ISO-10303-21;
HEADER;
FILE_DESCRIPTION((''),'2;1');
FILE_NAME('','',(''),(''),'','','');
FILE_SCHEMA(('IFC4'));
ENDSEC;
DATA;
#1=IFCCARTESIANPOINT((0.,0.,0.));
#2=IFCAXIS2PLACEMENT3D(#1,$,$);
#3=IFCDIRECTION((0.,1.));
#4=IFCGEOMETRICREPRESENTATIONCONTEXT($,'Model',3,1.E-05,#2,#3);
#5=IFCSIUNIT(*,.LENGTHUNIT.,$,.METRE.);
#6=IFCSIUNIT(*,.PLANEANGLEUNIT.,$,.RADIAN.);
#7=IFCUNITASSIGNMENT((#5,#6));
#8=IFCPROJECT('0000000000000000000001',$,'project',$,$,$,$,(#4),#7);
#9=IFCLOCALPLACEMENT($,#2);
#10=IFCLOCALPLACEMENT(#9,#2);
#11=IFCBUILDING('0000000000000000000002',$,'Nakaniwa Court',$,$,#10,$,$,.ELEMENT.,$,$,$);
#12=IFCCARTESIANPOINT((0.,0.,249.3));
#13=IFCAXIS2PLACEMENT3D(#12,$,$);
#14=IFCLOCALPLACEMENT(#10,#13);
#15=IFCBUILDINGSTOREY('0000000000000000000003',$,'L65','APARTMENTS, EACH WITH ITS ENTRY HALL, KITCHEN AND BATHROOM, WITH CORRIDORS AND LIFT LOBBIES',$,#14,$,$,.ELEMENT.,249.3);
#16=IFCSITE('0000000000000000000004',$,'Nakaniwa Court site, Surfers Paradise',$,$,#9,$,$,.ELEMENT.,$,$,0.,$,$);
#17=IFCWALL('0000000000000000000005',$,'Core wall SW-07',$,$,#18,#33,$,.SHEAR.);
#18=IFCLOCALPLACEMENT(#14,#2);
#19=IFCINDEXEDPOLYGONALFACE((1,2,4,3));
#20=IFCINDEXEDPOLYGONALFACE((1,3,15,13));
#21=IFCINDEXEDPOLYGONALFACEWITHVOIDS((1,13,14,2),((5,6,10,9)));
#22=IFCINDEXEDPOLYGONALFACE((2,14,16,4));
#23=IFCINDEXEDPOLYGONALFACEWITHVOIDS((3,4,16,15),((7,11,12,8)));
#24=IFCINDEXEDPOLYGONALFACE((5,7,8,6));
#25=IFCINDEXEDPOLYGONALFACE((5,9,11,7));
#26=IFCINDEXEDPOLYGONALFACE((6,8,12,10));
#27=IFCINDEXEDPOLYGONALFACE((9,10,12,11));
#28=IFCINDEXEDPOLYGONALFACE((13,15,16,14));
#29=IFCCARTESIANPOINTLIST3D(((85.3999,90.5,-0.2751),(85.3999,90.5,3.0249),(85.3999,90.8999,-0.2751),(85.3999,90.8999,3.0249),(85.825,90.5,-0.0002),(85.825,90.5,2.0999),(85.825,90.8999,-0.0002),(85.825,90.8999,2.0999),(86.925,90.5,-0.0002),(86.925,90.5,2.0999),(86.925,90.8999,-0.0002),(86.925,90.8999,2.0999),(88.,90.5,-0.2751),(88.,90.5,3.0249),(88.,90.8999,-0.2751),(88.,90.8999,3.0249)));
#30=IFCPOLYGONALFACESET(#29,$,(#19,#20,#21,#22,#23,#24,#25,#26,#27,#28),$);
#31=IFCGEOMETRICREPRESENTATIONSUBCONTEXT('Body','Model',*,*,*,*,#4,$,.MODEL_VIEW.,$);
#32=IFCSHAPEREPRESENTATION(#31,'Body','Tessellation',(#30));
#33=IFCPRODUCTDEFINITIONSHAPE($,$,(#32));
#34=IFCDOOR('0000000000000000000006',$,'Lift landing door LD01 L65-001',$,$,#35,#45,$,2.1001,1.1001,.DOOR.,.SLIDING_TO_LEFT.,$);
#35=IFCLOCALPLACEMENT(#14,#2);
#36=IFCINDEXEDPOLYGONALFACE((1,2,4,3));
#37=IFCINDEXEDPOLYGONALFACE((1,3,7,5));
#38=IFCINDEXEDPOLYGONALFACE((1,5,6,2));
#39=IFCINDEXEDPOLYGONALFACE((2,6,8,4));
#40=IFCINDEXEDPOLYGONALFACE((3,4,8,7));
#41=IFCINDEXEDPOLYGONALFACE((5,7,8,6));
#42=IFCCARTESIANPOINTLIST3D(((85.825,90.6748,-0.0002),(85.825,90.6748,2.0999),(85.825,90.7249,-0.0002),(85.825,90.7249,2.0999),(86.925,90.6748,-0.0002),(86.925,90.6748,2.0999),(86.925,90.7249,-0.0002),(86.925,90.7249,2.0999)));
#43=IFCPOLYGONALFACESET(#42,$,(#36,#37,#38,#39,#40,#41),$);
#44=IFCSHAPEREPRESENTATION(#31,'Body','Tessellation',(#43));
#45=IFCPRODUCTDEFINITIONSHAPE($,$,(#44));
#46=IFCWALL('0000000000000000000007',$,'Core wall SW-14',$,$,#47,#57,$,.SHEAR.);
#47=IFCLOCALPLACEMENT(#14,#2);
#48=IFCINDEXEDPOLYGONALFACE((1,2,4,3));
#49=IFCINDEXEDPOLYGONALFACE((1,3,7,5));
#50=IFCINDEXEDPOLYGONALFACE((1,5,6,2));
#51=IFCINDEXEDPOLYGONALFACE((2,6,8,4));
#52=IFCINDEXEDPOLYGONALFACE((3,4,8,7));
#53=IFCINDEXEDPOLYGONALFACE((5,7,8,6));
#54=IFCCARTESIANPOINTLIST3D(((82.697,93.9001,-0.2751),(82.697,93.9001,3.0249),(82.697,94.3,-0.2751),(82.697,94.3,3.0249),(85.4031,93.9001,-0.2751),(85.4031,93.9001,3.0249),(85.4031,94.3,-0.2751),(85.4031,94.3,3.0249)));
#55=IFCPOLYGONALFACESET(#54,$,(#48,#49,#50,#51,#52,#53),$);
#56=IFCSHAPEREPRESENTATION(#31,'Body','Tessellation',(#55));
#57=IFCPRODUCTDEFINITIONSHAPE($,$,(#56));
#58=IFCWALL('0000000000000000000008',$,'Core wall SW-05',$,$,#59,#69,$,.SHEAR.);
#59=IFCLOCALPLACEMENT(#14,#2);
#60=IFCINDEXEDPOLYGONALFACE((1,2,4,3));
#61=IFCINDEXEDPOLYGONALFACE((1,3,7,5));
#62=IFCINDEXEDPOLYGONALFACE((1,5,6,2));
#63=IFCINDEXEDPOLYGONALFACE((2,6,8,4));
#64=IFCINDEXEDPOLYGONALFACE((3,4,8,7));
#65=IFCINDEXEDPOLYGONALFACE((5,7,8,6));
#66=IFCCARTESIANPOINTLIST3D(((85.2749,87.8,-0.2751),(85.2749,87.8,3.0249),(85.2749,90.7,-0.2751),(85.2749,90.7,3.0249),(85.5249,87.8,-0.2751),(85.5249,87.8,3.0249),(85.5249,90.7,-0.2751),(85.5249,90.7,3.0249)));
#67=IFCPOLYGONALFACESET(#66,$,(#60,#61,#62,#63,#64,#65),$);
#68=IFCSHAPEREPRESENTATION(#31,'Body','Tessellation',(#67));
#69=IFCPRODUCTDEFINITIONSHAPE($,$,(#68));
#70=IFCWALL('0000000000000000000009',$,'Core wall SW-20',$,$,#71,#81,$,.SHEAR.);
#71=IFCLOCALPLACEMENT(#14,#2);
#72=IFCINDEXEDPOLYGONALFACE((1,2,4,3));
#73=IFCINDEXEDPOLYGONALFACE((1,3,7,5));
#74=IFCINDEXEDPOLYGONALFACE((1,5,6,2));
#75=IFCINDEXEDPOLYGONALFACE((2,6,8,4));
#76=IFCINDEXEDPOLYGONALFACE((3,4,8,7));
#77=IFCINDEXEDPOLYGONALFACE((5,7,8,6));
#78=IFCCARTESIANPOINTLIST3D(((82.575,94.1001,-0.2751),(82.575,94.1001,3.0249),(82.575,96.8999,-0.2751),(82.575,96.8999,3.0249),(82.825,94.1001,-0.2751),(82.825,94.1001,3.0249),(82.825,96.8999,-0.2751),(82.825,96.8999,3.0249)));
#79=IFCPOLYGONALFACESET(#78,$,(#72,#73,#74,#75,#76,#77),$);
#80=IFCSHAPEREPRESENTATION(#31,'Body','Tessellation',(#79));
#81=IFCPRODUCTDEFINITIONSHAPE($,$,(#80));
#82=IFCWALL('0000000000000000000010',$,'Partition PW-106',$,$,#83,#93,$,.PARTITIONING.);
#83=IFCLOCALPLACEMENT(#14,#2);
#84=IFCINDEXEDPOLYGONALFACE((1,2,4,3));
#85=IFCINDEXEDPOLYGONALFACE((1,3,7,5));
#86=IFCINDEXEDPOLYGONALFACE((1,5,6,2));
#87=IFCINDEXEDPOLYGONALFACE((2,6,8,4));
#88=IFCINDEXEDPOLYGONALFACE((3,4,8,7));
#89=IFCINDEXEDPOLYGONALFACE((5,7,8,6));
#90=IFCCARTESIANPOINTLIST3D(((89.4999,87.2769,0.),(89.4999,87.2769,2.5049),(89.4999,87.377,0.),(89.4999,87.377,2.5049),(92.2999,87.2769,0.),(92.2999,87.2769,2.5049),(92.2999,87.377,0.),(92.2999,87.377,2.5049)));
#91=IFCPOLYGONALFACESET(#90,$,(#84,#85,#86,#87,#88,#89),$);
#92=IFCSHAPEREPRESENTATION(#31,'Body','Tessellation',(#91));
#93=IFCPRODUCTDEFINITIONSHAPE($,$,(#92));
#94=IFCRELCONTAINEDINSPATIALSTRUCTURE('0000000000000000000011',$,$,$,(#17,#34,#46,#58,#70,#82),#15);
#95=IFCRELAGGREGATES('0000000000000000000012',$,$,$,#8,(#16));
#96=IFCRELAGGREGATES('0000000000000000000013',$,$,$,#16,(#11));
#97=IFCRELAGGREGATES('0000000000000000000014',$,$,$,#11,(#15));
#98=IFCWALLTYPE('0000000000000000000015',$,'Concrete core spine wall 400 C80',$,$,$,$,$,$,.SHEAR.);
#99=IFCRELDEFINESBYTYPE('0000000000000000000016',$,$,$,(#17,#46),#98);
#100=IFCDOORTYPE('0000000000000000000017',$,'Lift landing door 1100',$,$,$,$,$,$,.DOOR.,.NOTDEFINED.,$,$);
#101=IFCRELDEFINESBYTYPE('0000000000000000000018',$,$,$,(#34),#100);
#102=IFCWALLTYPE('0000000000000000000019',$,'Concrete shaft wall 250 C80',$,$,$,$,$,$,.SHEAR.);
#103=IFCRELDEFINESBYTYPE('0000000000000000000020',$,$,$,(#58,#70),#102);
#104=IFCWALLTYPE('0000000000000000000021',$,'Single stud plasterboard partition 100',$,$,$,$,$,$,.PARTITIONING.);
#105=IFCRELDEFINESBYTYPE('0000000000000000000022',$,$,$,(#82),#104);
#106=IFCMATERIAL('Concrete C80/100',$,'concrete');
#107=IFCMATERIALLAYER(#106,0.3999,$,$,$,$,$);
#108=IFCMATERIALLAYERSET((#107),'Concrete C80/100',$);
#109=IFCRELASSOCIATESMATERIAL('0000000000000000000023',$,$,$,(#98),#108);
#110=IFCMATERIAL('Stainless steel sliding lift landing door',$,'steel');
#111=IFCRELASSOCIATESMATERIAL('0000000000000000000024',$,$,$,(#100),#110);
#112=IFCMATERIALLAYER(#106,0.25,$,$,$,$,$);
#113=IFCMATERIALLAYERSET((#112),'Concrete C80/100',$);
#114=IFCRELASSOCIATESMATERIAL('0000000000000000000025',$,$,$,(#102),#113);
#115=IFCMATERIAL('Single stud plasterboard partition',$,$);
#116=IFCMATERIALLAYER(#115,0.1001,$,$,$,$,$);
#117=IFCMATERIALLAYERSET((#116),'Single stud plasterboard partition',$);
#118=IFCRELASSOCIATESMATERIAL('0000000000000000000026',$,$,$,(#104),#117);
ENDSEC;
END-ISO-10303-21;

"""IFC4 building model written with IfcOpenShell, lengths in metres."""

from ifc_helpers import new_model, si_unit, direction, frame, frame_2d, origin, place, context, subcontext, project, spatial, rectangle, extrude, material, layer, layer_set, type_object, element, fill, save


model = new_model("IFC4")

# Units and contexts
model_context = context("Model", 3, precision=1e-05, world=origin(), true_north=direction((0.0, 1.0)))
body_context = subcontext(model_context, "Body", "Model", "MODEL_VIEW")
ifc_project = project(units=[si_unit("LENGTHUNIT", "METRE"), si_unit("PLANEANGLEUNIT", "RADIAN")], contexts=[model_context])

# Site, building, storey
site_placement = place(None, origin())
site = spatial("IfcSite", under=ifc_project, at=site_placement, Name="Nakaniwa Court site, Surfers Paradise", CompositionType="ELEMENT", RefElevation=0.0)
building_placement = place(site_placement, origin())
building = spatial("IfcBuilding", under=site, at=building_placement, Name="Nakaniwa Court", CompositionType="ELEMENT")
storey_placement = place(building_placement, frame((0.0, 0.0, 249.3)))
storey = spatial("IfcBuildingStorey", under=building, at=storey_placement, Name="L65", Description="APARTMENTS, EACH WITH ITS ENTRY HALL, KITCHEN AND BATHROOM, WITH CORRIDORS AND LIFT LOBBIES", CompositionType="ELEMENT", Elevation=249.3)

# Shared definitions
ifc_material_1 = material(Name="Concrete C80/100", Category="concrete")

# Wall, opening, door
ifc_layer_1 = layer(ifc_material_1, 0.3999)
ifc_layer_set_1 = layer_set([ifc_layer_1], Name="Concrete C80/100")
wall_type_1 = type_object("IfcWallType", Name="Concrete core spine wall 400 C80", PredefinedType="SHEAR", material=ifc_layer_set_1)
wall_1_placement = place(storey_placement, frame((85.3999, 90.7, -0.2751), z_axis=(0.0, 0.0, 1.0), x_axis=(1.0, 0.0, 0.0)))
wall_1 = element("IfcWall", 1, at=wall_1_placement, inside=storey, type_object=wall_type_1, Name="Core wall SW-07", PredefinedType="SHEAR", context=body_context, shape_type="SweptSolid", body=[
    extrude(rectangle(XDim=2.6001, YDim=0.3999, at=frame_2d((1.3, 0.0))), origin(), (0.0, 0.0, 1.0), 3.3),
])
opening_1_placement = place(wall_1_placement, frame((0.425, 0.0, 0.2749)))
opening_1 = element("IfcOpeningElement", 2, at=opening_1_placement, cuts=wall_1, PredefinedType="OPENING", context=body_context, shape_type="SweptSolid", body=[
    extrude(rectangle(XDim=1.1001, YDim=2.1001, at=frame_2d((0.55, 1.05))), frame((0.0, 0.21, 0.0), z_axis=(0.0, -1.0, 0.0), x_axis=(1.0, 0.0, 0.0)), (0.0, 0.0, 1.0), 0.4199),
])
ifc_material_2 = material(Name="Stainless steel sliding lift landing door", Category="steel")
door_type_1 = type_object("IfcDoorType", Name="Lift landing door 1100", OperationType="NOTDEFINED", PredefinedType="DOOR", material=ifc_material_2)
door_1_placement = place(opening_1_placement, origin())
door_1 = element("IfcDoor", 3, at=door_1_placement, inside=storey, type_object=door_type_1, Name="Lift landing door LD01 L65-001", OperationType="SLIDING_TO_LEFT", OverallHeight=2.1001, OverallWidth=1.1001, PredefinedType="DOOR", context=body_context, shape_type="SweptSolid", body=[
    extrude(rectangle(XDim=1.1001, YDim=2.1001, at=frame_2d((0.55, 1.05))), frame((0.0, 0.0249, 0.0), z_axis=(0.0, -1.0, 0.0), x_axis=(1.0, 0.0, 0.0)), (0.0, 0.0, 1.0), 0.05),
])
fill(opening_1, door_1)

# Walls
wall_2_placement = place(storey_placement, frame((82.697, 94.1001, -0.2751), z_axis=(0.0, 0.0, 1.0), x_axis=(1.0, 0.0, 0.0)))
element("IfcWall", 4, at=wall_2_placement, inside=storey, type_object=wall_type_1, Name="Core wall SW-14", PredefinedType="SHEAR", context=body_context, shape_type="SweptSolid", body=[
    extrude(rectangle(XDim=2.7061, YDim=0.3999, at=frame_2d((1.353, 0.0))), origin(), (0.0, 0.0, 1.0), 3.3),
])
ifc_layer_2 = layer(ifc_material_1, 0.25)
ifc_layer_set_2 = layer_set([ifc_layer_2], Name="Concrete C80/100")
wall_type_2 = type_object("IfcWallType", Name="Concrete shaft wall 250 C80", PredefinedType="SHEAR", material=ifc_layer_set_2)
wall_3_placement = place(storey_placement, frame((85.3999, 87.8, -0.2751), z_axis=(0.0, 0.0, 1.0), x_axis=(0.0, 1.0, 0.0)))
element("IfcWall", 5, at=wall_3_placement, inside=storey, type_object=wall_type_2, Name="Core wall SW-05", PredefinedType="SHEAR", context=body_context, shape_type="SweptSolid", body=[
    extrude(rectangle(XDim=2.8999, YDim=0.25, at=frame_2d((1.45, 0.0))), origin(), (0.0, 0.0, 1.0), 3.3),
])
wall_4_placement = place(storey_placement, frame((82.7, 94.1001, -0.2751), z_axis=(0.0, 0.0, 1.0), x_axis=(0.0, 1.0, 0.0)))
element("IfcWall", 6, at=wall_4_placement, inside=storey, type_object=wall_type_2, Name="Core wall SW-20", PredefinedType="SHEAR", context=body_context, shape_type="SweptSolid", body=[
    extrude(rectangle(XDim=2.7998, YDim=0.25, at=frame_2d((1.3999, 0.0))), origin(), (0.0, 0.0, 1.0), 3.3),
])
ifc_material_3 = material(Name="Single stud plasterboard partition")
ifc_layer_3 = layer(ifc_material_3, 0.1001)
ifc_layer_set_3 = layer_set([ifc_layer_3], Name="Single stud plasterboard partition")
wall_type_3 = type_object("IfcWallType", Name="Single stud plasterboard partition 100", PredefinedType="PARTITIONING", material=ifc_layer_set_3)
wall_5_placement = place(storey_placement, frame((89.5, 87.3269, 0.0), z_axis=(0.0, 0.0, 1.0), x_axis=(1.0, 0.0, 0.0)))
element("IfcWall", 7, at=wall_5_placement, inside=storey, type_object=wall_type_3, Name="Partition PW-106", PredefinedType="PARTITIONING", context=body_context, shape_type="SweptSolid", body=[
    extrude(rectangle(XDim=2.8, YDim=0.1001, at=frame_2d((1.3999, 0.0))), origin(), (0.0, 0.0, 1.0), 2.5049),
])

save(model, "model.ifc")
